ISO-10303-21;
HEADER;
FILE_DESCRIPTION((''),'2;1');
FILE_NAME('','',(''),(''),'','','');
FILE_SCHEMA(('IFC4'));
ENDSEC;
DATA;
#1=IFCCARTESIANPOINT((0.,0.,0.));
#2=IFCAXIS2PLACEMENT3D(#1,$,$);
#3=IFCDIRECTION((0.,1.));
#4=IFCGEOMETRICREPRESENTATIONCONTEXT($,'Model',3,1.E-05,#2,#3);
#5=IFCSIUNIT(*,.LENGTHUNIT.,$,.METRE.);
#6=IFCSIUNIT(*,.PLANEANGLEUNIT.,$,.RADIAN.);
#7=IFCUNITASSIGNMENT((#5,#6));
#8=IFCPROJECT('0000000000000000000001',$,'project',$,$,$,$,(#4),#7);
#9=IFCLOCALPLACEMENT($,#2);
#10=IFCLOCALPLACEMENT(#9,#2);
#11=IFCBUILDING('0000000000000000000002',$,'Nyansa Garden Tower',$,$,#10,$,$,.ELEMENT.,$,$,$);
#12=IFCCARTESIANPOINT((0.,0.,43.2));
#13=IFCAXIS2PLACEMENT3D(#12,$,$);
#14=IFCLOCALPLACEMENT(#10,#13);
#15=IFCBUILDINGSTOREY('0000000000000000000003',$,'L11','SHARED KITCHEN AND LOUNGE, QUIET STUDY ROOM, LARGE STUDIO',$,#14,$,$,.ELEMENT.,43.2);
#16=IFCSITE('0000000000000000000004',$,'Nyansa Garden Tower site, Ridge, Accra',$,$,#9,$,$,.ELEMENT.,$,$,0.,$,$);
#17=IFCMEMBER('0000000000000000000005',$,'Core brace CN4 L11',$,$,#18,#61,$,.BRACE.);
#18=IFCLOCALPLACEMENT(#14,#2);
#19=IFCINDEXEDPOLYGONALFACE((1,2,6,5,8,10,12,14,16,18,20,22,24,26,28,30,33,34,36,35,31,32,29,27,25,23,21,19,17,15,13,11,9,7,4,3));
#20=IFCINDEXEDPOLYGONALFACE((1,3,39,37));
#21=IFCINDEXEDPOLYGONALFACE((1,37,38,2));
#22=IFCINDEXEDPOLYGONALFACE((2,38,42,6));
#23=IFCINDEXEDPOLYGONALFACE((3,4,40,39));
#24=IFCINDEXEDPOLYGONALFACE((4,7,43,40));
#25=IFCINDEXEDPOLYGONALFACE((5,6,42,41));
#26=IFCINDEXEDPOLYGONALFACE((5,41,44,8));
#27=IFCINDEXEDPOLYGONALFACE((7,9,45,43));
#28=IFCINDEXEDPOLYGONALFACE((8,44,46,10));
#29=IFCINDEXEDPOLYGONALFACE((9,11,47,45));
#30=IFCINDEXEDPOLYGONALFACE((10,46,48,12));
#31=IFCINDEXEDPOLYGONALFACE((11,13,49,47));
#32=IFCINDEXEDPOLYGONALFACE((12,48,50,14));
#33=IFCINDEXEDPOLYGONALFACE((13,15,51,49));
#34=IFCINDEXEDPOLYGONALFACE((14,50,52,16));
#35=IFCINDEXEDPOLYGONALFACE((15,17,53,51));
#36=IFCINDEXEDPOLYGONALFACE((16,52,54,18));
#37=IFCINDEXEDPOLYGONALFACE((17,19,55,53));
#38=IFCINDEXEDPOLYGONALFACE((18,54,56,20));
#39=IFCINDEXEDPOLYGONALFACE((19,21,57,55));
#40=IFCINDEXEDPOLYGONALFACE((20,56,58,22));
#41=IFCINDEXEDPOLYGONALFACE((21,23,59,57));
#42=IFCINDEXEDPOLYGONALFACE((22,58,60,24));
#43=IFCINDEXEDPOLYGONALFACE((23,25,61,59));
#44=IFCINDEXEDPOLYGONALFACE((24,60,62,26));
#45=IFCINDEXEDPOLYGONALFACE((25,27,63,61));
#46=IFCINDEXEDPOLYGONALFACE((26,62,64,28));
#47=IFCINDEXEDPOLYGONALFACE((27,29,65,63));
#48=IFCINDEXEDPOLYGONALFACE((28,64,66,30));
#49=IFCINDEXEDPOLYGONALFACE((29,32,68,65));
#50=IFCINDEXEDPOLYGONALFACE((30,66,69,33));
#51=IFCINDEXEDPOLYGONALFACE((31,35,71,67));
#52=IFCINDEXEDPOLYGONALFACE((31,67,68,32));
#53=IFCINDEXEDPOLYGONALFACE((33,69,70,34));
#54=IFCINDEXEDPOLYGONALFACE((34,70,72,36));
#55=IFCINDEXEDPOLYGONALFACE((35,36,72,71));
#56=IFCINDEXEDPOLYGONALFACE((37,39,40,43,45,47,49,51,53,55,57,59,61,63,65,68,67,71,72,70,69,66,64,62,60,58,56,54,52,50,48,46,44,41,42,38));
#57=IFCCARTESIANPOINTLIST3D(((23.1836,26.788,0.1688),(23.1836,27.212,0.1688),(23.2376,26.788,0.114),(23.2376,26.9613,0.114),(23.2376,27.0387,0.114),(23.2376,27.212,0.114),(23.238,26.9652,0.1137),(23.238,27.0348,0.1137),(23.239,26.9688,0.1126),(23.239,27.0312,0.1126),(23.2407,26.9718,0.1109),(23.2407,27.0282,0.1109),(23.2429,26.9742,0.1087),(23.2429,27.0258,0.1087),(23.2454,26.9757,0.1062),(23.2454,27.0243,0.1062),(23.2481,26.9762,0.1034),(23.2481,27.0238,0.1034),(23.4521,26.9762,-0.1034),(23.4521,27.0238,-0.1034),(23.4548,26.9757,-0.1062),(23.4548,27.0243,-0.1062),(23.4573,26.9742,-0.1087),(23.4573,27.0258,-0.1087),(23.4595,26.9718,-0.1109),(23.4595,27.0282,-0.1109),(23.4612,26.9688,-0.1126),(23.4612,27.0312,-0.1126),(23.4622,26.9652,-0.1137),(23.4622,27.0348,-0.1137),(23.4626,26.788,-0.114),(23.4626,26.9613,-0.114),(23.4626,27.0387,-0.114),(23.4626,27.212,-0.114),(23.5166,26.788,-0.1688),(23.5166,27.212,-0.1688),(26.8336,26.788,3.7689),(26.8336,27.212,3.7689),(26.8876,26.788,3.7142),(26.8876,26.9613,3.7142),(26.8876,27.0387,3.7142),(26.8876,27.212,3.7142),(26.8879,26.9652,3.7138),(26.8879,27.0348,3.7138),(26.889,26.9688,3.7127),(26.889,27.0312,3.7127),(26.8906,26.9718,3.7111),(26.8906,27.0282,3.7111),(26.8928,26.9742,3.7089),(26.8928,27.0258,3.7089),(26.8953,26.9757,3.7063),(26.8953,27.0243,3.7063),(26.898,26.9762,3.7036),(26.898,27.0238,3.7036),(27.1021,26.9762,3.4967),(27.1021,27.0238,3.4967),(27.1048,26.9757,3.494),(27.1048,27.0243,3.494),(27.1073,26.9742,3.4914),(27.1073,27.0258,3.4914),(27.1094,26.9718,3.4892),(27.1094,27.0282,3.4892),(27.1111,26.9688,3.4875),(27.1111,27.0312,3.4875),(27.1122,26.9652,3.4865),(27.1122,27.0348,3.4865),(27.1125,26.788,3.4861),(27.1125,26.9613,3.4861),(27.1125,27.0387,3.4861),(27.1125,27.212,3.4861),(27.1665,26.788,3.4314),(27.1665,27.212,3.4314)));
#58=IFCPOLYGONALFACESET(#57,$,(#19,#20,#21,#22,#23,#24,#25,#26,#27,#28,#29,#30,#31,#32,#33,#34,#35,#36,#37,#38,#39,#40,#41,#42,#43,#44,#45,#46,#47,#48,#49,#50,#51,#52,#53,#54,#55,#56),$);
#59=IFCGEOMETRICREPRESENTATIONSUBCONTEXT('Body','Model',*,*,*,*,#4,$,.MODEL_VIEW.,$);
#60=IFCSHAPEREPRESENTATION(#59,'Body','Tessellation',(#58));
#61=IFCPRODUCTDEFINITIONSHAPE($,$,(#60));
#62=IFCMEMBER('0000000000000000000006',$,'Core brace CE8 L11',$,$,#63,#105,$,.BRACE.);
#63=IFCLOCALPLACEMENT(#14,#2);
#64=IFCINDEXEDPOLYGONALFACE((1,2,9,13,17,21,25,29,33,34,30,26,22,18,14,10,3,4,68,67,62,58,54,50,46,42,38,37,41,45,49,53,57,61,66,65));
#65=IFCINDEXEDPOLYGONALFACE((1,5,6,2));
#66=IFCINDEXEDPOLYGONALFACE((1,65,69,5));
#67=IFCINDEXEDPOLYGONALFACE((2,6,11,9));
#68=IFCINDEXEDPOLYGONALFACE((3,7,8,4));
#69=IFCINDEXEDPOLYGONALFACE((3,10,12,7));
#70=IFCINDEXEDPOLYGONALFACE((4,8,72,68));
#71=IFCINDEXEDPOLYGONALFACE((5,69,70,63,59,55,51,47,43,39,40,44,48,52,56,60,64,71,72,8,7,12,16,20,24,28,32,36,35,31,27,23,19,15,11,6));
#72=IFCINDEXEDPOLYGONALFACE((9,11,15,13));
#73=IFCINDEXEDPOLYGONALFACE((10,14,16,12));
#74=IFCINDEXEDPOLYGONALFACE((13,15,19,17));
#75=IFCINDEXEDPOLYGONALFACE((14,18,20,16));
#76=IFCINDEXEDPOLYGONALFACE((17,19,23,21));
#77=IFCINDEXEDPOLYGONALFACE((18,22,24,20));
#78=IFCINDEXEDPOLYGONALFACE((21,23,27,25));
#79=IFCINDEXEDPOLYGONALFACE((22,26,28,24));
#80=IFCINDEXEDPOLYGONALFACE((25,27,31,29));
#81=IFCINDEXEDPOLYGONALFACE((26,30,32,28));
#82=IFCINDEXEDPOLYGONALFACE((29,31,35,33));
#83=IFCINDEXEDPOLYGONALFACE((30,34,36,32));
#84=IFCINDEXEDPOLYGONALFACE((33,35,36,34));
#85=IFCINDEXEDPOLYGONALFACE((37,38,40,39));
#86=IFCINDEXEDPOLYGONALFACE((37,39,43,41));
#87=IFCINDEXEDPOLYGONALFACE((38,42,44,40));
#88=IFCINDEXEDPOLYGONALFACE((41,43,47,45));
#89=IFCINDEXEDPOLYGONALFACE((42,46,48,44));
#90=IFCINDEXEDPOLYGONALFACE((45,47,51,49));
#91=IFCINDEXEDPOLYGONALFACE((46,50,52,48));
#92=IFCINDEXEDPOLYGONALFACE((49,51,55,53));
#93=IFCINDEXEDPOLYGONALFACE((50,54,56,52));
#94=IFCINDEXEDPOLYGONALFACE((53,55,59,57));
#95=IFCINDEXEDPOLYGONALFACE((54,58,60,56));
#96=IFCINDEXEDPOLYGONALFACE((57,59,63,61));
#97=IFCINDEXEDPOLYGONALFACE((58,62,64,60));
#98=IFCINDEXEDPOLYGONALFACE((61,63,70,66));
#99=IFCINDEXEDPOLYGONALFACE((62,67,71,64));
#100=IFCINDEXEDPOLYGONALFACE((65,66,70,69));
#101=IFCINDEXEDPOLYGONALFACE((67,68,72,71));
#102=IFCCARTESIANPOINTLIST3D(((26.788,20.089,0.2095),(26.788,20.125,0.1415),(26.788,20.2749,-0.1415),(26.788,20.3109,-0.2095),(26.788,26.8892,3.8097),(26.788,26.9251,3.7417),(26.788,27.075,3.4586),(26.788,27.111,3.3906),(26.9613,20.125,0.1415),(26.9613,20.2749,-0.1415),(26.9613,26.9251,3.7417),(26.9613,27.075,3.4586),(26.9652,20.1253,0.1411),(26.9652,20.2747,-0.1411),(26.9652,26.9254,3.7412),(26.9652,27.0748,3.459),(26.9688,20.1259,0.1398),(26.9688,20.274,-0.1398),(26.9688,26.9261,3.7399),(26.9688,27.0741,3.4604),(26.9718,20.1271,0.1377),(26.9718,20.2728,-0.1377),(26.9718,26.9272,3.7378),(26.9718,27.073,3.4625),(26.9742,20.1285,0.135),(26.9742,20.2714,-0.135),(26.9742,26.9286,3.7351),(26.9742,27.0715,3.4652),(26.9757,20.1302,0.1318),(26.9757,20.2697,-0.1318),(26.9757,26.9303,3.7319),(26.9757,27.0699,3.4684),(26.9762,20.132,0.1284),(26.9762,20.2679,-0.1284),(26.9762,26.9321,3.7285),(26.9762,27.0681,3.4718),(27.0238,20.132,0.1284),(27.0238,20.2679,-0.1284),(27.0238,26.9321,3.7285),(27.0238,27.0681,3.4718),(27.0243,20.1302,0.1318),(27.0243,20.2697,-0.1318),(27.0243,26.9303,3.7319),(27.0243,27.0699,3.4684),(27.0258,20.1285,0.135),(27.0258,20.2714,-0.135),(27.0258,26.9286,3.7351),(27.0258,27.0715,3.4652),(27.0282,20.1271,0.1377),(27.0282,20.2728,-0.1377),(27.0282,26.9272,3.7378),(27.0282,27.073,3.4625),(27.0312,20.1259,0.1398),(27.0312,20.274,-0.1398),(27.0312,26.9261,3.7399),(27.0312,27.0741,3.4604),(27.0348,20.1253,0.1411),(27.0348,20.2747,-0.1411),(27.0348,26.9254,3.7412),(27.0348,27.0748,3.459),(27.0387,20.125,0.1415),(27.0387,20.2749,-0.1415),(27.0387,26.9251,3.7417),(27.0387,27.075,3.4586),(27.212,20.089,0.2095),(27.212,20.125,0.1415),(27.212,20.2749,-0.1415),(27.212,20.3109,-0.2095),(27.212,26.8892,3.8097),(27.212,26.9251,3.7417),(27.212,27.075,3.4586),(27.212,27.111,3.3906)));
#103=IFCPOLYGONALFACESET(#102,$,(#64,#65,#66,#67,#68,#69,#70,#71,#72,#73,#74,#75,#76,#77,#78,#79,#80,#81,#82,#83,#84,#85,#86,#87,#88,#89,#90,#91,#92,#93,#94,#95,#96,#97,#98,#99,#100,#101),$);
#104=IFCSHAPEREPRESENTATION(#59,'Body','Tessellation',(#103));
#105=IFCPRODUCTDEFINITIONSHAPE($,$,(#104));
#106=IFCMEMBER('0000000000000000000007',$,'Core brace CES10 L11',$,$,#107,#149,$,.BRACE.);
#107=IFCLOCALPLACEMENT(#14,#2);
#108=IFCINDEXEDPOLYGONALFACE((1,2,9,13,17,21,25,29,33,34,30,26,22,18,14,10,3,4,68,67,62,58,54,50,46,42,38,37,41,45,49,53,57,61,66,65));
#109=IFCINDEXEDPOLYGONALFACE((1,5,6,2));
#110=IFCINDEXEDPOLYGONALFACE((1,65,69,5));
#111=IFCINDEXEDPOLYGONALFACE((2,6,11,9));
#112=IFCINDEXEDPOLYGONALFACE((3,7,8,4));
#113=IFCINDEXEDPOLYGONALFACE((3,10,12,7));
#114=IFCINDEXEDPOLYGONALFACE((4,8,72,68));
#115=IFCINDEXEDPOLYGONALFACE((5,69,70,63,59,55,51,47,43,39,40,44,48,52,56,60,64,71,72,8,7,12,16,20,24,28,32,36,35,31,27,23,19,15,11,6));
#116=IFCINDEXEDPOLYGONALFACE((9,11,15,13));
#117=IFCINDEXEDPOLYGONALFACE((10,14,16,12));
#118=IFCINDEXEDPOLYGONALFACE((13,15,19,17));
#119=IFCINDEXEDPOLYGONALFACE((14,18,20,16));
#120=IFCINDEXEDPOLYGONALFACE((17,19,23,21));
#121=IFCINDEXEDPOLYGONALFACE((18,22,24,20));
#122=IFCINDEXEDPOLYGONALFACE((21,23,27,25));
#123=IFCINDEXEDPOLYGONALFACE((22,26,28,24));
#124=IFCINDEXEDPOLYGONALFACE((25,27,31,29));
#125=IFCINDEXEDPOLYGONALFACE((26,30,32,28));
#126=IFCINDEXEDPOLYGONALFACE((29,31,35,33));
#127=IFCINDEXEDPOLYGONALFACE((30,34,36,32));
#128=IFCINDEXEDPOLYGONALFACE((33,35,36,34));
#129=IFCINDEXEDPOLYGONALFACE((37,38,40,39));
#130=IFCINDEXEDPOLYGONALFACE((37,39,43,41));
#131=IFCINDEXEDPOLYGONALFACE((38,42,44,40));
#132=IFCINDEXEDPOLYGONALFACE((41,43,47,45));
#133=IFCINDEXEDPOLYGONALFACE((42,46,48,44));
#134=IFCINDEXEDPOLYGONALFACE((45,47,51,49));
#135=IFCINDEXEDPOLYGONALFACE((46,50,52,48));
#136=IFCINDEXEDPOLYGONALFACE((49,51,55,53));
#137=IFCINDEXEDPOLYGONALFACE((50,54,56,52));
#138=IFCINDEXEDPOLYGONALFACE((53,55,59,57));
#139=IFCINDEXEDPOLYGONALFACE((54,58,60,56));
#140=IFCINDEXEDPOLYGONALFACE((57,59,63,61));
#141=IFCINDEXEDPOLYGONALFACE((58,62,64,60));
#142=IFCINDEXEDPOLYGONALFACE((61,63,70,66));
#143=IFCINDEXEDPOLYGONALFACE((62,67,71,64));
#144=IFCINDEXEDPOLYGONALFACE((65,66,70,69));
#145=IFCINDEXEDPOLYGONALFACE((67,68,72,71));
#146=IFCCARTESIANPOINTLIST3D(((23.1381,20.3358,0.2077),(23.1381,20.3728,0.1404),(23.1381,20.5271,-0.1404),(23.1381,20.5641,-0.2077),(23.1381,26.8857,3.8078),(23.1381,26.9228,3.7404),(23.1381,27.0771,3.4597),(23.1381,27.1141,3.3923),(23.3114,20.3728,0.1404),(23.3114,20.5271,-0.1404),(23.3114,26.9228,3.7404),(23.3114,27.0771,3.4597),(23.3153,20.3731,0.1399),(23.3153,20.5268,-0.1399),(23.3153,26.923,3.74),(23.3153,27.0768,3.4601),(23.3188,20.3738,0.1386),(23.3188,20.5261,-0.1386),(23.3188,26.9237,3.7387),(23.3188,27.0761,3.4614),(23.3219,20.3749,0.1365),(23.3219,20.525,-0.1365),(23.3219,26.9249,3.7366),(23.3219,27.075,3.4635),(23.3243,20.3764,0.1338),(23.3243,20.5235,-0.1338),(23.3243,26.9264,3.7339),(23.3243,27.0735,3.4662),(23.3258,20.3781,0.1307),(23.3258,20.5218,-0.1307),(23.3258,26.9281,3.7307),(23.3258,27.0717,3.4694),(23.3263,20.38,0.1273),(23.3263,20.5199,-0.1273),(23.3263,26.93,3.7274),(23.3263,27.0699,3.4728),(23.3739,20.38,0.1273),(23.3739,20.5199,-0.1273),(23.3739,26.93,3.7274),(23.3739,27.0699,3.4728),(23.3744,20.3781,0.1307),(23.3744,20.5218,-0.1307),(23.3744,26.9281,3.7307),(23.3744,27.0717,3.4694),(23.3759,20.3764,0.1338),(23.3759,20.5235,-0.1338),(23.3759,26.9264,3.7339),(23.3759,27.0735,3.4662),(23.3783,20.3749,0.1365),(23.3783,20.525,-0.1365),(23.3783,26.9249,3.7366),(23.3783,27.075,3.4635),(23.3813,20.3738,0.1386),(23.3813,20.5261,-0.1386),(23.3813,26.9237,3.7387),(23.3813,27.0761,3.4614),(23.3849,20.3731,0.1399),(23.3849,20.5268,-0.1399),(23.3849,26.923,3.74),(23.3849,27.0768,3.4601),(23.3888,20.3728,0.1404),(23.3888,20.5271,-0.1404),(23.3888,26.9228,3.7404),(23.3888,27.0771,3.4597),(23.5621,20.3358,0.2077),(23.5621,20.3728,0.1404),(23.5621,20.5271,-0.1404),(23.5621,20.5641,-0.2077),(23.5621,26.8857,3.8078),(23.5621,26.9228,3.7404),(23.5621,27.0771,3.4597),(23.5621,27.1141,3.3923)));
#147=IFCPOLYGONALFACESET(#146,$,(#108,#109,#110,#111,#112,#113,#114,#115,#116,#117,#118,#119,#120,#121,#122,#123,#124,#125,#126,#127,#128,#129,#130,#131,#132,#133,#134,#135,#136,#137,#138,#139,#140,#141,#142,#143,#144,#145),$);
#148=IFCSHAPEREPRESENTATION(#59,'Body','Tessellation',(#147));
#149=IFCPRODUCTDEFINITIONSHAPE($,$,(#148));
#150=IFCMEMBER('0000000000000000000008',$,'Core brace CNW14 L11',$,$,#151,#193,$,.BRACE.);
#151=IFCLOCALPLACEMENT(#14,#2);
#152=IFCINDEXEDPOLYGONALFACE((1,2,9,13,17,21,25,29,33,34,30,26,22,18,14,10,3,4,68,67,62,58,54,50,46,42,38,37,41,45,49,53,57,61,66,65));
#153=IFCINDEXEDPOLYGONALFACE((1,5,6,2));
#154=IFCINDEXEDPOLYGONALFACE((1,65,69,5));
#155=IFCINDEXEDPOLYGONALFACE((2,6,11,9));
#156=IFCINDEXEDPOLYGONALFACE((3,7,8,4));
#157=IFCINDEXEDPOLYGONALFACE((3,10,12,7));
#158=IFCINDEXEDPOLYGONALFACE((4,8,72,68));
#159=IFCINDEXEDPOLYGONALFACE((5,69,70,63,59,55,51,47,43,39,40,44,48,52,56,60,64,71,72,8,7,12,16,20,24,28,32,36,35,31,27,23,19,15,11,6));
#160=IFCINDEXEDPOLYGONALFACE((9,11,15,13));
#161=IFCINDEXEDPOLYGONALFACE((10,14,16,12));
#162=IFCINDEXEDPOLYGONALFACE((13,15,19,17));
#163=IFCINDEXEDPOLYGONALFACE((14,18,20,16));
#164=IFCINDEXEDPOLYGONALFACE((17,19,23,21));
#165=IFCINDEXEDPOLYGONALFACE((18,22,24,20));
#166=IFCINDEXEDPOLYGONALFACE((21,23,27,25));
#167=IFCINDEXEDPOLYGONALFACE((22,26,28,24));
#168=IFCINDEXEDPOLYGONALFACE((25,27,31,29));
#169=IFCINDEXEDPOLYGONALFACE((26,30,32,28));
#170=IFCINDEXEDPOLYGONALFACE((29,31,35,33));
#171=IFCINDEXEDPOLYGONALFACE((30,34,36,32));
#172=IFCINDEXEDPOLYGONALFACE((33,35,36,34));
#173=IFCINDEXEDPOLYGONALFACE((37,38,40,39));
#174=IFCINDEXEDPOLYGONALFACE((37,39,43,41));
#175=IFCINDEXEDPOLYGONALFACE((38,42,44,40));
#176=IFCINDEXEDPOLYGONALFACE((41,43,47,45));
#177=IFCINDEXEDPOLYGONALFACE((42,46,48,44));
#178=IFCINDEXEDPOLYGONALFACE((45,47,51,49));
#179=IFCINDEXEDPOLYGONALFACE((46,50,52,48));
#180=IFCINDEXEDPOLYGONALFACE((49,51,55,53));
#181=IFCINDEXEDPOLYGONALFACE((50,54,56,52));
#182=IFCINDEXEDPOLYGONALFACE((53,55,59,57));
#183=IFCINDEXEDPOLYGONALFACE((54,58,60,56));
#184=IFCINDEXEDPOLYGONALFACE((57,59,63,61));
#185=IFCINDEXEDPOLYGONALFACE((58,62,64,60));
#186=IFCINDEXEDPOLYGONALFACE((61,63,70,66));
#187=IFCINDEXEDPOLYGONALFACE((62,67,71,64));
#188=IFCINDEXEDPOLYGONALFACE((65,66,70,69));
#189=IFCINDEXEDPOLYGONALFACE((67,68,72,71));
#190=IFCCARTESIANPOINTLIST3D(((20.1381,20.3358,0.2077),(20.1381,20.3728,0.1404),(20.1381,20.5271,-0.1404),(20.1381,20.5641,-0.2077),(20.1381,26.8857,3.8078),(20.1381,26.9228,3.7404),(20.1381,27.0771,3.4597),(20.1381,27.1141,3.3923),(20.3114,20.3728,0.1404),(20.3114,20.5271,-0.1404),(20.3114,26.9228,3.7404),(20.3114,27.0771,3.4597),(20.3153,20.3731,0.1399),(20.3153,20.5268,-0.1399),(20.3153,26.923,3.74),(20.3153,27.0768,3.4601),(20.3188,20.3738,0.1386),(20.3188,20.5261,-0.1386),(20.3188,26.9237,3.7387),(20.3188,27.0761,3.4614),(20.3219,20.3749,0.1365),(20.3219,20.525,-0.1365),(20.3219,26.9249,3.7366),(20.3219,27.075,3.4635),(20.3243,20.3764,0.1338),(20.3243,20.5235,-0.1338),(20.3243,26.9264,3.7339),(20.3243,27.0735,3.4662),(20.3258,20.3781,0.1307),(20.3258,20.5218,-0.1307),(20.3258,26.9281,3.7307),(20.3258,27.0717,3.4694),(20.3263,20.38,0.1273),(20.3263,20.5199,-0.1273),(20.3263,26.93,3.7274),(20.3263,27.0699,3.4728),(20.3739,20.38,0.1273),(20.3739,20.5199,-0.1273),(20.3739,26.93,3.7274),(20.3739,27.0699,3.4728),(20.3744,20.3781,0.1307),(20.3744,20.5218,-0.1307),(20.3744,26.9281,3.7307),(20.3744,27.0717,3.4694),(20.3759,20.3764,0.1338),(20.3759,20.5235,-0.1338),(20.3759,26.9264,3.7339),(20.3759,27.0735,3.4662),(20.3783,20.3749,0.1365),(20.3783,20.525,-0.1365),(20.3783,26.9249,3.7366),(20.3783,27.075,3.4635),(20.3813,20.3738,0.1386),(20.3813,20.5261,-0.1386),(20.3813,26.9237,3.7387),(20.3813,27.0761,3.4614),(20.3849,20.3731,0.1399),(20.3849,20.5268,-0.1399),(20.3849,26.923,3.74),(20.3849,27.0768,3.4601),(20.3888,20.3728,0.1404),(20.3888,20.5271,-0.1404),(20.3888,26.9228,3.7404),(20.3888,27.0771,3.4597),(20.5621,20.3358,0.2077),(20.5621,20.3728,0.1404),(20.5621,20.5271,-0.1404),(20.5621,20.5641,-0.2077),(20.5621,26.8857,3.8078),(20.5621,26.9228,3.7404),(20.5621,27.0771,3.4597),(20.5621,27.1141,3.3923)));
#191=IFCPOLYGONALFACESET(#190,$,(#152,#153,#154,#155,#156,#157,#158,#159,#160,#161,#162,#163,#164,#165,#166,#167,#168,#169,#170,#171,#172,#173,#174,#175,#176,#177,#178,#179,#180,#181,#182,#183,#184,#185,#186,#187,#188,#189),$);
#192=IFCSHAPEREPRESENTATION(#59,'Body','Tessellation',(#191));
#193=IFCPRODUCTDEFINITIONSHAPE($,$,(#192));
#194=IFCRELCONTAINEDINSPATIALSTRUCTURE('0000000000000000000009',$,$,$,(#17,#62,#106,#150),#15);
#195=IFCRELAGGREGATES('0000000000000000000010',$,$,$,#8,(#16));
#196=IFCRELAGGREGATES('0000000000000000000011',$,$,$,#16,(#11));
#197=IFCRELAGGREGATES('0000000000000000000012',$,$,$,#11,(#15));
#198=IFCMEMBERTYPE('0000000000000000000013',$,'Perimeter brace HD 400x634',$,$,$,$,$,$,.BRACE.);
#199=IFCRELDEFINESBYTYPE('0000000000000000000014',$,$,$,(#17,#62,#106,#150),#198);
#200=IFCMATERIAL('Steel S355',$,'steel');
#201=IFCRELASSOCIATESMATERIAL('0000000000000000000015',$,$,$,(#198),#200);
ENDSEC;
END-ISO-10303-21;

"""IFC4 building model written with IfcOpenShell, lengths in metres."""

from ifc_helpers import new_model, si_unit, direction, frame, origin, origin_2d, place, context, subcontext, project, spatial, i_section, extrude, material, material_profile, profile_set, type_object, element, save


model = new_model("IFC4")

# Units and contexts
model_context = context("Model", 3, precision=1e-05, world=origin(), true_north=direction((0.0, 1.0)))
body_context = subcontext(model_context, "Body", "Model", "MODEL_VIEW")
ifc_project = project(units=[si_unit("LENGTHUNIT", "METRE"), si_unit("PLANEANGLEUNIT", "RADIAN")], contexts=[model_context])

# Site, building, storey
site_placement = place(None, origin())
site = spatial("IfcSite", under=ifc_project, at=site_placement, Name="Nyansa Garden Tower site, Ridge, Accra", CompositionType="ELEMENT", RefElevation=0.0)
building_placement = place(site_placement, origin())
building = spatial("IfcBuilding", under=site, at=building_placement, Name="Nyansa Garden Tower", CompositionType="ELEMENT")
storey_placement = place(building_placement, frame((0.0, 0.0, 43.2)))
storey = spatial("IfcBuildingStorey", under=building, at=storey_placement, Name="L11", Description="SHARED KITCHEN AND LOUNGE, QUIET STUDY ROOM, LARGE STUDIO", CompositionType="ELEMENT", Elevation=43.2)

# Members
ifc_material_1 = material(Name="Steel S355", Category="steel")
ifc_material_profile_1 = material_profile(ifc_material_1, i_section(OverallWidth=0.4241, OverallDepth=0.4741, WebThickness=0.0476, FlangeThickness=0.0769, FilletRadius=0.0149, at=origin_2d()), Name="HD 400x634")
ifc_profile_set_1 = profile_set([ifc_material_profile_1], Name="Steel S355")
member_type = type_object("IfcMemberType", Name="Perimeter brace HD 400x634", PredefinedType="BRACE", material=ifc_profile_set_1)
member_1_placement = place(storey_placement, frame((23.3501, 27.0, 0.0), z_axis=(0.711948, 0.0, 0.702233), x_axis=(0.0, 1.0, 0.0)))
element("IfcMember", 1, at=member_1_placement, inside=storey, type_object=member_type, Name="Core brace CN4 L11", PredefinedType="BRACE", context=body_context, shape_type="SweptSolid", body=[
    extrude(i_section(OverallWidth=0.4241, OverallDepth=0.4741, WebThickness=0.0476, FlangeThickness=0.0769, FilletRadius=0.0149, at=origin_2d()), origin(), (0.0, 0.0, 1.0), 5.1267),
])
member_2_placement = place(storey_placement, frame((27.0, 20.2, 0.0), z_axis=(0.0, 0.883784, 0.467895), x_axis=(-1.0, 0.0, 0.0)))
element("IfcMember", 2, at=member_2_placement, inside=storey, type_object=member_type, Name="Core brace CE8 L11", PredefinedType="BRACE", context=body_context, shape_type="SweptSolid", body=[
    extrude(i_section(OverallWidth=0.4241, OverallDepth=0.4741, WebThickness=0.0476, FlangeThickness=0.0769, FilletRadius=0.0149, at=origin_2d()), origin(), (0.0, 0.0, 1.0), 7.6943),
])
for number, where, z_axis, x_axis, name in (
    (3, (23.3501, 20.45, 0.0), (0.0, 0.876353, 0.481669), (-1.0, 0.0, 0.0), "Core brace CES10 L11"),
    (4, (20.3501, 20.45, 0.0), (0.0, 0.876353, 0.481669), (-1.0, 0.0, 0.0), "Core brace CNW14 L11"),
):
    element("IfcMember", number, at=place(storey_placement, frame(where, z_axis=z_axis, x_axis=x_axis)), inside=storey, type_object=member_type, Name=name, PredefinedType="BRACE", context=body_context, shape_type="SweptSolid", body=[
        extrude(i_section(OverallWidth=0.4241, OverallDepth=0.4741, WebThickness=0.0476, FlangeThickness=0.0769, FilletRadius=0.0149, at=origin_2d()), origin(), (0.0, 0.0, 1.0), 7.4741),
    ])

save(model, "model.ifc")
